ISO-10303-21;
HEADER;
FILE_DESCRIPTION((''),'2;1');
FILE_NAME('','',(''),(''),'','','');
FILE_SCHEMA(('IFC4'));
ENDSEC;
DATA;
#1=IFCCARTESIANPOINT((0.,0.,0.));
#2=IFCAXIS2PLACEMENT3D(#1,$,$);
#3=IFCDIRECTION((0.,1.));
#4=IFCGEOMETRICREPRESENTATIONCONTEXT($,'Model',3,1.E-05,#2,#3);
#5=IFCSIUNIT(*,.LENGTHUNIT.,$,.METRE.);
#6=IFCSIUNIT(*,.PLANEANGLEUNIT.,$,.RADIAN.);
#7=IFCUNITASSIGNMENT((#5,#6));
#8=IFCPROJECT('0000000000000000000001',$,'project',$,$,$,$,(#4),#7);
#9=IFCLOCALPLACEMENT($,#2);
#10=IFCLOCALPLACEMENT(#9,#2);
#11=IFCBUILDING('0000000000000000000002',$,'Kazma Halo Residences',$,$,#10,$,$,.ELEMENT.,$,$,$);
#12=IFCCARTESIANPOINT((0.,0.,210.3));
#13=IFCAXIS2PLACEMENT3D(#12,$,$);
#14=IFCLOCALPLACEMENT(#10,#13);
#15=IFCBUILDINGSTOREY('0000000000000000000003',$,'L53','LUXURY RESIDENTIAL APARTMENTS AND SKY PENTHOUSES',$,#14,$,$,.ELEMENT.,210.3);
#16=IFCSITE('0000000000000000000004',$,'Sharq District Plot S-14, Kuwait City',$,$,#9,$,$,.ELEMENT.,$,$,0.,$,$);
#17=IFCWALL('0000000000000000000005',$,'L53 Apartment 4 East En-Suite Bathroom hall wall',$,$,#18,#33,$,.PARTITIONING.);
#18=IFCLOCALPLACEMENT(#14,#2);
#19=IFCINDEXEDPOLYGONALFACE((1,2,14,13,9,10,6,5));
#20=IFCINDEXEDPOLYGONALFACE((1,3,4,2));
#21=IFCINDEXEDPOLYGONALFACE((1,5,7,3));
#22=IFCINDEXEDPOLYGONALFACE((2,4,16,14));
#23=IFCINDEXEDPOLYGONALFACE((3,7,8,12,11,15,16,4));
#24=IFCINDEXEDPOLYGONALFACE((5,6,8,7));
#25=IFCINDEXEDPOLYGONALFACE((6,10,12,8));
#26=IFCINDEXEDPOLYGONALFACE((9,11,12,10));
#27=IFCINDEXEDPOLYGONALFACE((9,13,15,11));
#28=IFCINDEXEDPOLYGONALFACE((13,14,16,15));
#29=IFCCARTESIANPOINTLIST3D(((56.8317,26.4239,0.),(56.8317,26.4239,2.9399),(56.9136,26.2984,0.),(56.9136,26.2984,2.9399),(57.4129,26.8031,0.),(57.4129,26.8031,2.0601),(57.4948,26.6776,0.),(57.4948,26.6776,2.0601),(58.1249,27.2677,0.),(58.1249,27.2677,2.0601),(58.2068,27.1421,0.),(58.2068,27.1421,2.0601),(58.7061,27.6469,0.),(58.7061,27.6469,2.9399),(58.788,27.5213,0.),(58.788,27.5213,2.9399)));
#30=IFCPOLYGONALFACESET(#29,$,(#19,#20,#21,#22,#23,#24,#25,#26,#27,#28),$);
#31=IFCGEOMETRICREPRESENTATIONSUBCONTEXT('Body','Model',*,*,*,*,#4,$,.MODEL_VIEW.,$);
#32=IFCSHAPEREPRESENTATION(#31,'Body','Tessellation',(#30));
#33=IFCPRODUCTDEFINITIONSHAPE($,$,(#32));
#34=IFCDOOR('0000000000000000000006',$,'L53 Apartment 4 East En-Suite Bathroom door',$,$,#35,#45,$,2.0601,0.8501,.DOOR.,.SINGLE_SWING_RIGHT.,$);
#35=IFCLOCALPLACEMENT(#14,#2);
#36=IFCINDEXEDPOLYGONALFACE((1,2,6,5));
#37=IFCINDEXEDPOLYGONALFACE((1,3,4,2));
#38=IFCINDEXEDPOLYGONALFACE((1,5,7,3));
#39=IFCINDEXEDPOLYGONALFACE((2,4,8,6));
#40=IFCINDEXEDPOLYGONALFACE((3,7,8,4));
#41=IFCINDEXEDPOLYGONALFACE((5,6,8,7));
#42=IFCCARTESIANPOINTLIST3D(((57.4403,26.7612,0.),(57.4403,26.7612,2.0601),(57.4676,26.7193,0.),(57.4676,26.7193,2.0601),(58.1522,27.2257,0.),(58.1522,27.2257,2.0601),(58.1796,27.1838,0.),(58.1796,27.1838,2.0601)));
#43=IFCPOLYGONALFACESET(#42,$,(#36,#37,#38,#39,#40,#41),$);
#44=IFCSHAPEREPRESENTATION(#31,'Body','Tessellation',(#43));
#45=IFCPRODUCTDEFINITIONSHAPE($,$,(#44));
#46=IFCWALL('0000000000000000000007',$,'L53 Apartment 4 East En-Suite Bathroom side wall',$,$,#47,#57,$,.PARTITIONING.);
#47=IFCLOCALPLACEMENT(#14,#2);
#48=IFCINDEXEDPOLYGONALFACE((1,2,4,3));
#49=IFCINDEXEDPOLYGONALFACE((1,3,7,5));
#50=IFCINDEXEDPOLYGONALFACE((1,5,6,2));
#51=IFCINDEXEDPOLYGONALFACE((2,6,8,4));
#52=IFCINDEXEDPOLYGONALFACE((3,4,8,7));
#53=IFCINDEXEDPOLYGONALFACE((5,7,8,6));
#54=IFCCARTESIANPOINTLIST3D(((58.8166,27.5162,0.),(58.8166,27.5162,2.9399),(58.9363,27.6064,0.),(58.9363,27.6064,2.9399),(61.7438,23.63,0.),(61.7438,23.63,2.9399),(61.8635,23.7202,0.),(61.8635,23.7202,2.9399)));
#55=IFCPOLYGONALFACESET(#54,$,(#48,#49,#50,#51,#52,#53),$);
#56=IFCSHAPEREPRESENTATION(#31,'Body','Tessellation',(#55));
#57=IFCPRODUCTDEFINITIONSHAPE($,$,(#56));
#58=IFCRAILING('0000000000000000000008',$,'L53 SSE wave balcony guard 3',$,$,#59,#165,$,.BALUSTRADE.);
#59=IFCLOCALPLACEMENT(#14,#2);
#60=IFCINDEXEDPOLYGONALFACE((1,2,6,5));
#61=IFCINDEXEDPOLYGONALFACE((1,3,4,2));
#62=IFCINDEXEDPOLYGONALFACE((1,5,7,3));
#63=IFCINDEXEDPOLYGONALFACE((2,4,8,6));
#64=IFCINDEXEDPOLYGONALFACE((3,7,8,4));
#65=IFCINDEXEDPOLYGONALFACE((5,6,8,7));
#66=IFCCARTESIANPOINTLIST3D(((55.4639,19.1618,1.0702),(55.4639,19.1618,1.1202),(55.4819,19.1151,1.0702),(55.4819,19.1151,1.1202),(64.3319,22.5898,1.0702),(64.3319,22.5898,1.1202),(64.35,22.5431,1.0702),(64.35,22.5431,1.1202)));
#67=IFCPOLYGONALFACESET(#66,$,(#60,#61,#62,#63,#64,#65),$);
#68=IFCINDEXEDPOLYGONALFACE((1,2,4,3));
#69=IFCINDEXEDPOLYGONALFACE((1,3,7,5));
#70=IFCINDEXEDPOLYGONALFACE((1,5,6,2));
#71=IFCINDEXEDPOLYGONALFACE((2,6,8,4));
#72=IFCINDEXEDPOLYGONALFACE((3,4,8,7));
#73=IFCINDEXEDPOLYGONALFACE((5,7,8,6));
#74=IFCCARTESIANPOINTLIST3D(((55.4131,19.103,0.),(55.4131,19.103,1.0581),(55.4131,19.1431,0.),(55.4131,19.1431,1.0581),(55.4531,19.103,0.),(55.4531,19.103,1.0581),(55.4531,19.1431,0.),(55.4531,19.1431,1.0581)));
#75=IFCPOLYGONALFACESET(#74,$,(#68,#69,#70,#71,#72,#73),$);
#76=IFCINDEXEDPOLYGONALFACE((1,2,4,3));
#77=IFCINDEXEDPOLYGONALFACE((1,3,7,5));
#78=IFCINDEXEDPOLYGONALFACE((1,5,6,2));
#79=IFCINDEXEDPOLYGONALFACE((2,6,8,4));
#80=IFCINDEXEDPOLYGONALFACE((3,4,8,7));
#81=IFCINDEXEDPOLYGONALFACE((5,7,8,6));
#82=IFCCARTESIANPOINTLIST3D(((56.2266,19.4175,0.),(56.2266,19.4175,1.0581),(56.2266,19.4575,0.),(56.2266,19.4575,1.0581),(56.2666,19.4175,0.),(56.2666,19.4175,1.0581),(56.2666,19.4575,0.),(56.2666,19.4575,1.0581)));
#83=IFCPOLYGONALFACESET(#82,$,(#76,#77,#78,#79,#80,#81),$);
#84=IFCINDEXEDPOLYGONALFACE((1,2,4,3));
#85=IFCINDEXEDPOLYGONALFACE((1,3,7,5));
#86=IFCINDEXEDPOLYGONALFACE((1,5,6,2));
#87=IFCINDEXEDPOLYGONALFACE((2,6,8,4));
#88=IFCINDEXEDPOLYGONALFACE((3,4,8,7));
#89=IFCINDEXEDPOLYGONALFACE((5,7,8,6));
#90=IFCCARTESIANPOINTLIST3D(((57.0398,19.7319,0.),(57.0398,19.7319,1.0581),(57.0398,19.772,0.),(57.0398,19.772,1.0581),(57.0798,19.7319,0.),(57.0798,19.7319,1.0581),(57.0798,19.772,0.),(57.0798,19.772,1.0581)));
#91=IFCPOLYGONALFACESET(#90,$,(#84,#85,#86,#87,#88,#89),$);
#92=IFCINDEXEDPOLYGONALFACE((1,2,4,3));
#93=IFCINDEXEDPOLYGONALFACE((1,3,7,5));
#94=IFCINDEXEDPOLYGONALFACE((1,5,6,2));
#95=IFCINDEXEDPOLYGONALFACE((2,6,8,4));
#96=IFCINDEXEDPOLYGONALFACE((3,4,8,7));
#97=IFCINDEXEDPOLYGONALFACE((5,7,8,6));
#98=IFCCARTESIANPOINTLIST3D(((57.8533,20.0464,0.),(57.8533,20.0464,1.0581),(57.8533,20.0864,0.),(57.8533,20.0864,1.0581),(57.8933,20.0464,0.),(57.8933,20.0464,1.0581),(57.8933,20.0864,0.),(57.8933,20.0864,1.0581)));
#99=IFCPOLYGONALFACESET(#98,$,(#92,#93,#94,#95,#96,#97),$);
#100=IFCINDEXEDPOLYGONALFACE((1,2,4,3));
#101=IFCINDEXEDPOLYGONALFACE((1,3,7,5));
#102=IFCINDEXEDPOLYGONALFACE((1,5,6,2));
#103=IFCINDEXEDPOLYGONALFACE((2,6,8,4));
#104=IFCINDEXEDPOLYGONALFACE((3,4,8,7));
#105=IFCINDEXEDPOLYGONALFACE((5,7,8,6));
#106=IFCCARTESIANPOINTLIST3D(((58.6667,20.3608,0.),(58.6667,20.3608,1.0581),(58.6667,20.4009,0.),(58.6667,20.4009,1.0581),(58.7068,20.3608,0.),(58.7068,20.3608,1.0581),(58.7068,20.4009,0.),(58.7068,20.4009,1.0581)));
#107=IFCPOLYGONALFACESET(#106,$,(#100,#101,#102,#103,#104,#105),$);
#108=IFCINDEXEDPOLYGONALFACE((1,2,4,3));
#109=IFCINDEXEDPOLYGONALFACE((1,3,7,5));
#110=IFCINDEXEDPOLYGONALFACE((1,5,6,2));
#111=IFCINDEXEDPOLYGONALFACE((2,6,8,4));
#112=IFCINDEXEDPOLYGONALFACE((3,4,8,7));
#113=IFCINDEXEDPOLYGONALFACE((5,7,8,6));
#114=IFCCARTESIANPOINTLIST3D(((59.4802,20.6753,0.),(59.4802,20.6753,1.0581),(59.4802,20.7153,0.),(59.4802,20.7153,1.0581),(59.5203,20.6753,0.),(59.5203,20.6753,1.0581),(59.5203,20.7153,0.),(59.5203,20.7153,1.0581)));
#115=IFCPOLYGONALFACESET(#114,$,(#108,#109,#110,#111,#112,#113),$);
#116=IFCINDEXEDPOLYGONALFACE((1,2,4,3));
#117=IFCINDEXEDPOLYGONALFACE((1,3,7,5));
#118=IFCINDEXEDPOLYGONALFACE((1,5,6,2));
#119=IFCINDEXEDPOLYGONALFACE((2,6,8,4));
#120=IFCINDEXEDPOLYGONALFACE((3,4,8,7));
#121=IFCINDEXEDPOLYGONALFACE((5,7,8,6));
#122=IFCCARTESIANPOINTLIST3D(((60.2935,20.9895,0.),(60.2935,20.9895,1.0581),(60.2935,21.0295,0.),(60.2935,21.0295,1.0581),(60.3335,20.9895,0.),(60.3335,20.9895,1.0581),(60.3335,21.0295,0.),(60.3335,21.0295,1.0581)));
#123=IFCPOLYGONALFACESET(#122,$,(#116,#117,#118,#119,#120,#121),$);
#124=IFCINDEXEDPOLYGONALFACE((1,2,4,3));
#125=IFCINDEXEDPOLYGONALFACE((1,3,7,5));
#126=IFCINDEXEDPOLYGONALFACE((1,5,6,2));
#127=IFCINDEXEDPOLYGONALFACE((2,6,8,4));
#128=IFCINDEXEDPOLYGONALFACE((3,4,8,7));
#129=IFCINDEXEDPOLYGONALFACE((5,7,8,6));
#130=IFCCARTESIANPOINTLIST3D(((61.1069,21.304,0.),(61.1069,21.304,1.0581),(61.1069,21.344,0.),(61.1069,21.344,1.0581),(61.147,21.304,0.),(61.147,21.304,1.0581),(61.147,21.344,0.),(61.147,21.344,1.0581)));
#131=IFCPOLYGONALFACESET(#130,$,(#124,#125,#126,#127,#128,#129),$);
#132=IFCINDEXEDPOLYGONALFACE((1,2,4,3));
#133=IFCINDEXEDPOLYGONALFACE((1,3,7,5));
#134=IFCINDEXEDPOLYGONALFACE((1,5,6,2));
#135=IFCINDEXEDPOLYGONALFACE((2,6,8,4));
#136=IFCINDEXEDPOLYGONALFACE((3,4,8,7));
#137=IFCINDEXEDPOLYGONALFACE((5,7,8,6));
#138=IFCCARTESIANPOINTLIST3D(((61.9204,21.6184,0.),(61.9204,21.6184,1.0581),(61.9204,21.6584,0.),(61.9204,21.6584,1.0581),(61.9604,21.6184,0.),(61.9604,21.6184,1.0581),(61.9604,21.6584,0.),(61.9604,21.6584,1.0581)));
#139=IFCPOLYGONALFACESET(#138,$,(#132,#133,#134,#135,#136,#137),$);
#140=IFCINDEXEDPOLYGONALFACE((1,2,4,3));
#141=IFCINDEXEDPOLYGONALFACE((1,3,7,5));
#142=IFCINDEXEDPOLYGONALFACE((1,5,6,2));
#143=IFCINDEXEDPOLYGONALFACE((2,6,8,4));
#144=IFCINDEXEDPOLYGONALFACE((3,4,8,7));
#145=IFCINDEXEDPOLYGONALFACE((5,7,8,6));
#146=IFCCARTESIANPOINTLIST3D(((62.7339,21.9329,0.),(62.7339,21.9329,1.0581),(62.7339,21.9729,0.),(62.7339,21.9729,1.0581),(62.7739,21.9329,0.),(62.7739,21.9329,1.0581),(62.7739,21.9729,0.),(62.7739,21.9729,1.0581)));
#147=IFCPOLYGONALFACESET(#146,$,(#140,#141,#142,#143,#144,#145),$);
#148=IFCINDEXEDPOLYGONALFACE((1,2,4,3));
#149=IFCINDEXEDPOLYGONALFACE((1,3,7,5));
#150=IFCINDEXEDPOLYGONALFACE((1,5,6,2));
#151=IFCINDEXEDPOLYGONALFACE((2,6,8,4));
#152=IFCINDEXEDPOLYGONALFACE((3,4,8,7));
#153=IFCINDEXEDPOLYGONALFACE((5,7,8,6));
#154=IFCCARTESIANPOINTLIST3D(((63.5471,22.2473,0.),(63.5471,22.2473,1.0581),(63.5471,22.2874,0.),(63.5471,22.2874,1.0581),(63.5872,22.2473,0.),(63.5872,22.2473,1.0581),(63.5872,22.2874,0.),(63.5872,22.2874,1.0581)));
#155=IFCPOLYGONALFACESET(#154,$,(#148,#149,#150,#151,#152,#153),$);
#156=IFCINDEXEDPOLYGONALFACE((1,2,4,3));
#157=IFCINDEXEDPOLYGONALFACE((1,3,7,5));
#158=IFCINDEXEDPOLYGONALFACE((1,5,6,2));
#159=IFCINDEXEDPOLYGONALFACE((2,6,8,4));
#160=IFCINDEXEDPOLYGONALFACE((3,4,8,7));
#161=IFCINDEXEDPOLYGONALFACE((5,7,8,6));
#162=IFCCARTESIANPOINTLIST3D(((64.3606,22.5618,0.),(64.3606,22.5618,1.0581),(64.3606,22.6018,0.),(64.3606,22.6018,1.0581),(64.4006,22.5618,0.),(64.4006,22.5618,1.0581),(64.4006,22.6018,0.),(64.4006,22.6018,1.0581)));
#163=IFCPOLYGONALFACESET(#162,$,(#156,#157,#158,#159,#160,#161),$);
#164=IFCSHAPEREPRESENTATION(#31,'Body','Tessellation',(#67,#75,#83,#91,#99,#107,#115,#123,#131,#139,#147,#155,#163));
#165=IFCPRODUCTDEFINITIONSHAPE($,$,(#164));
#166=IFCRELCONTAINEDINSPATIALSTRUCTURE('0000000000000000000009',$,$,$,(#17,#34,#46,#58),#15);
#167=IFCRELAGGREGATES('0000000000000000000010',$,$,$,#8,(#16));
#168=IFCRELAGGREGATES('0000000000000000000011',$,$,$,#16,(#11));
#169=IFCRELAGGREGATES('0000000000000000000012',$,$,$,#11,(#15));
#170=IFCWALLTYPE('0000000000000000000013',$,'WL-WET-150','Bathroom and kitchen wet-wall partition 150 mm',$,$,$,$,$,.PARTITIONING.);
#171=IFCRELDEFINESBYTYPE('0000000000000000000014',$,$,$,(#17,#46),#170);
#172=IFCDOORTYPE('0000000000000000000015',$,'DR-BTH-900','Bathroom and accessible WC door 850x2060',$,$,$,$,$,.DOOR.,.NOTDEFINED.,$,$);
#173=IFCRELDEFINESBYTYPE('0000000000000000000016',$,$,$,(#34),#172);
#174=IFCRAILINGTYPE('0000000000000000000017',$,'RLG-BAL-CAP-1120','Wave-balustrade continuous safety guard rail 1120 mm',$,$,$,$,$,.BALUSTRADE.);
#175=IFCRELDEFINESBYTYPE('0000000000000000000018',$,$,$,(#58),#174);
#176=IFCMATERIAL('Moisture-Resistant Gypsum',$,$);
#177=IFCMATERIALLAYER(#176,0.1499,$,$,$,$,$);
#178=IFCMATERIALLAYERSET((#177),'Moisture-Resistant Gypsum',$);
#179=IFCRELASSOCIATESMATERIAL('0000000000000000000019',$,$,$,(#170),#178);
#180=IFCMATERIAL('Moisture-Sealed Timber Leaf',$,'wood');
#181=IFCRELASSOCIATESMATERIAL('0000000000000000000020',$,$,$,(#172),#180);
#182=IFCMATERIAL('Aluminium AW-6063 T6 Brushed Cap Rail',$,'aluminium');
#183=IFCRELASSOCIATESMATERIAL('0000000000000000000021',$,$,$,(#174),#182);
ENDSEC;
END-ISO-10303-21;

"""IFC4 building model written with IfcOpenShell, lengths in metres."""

from ifc_helpers import new_model, si_unit, direction, frame, frame_2d, origin, origin_2d, place, context, subcontext, project, spatial, rectangle, extrude, material, layer, layer_set, type_object, element, fill, save


model = new_model("IFC4")

# Units and contexts
model_context = context("Model", 3, precision=1e-05, world=origin(), true_north=direction((0.0, 1.0)))
body_context = subcontext(model_context, "Body", "Model", "MODEL_VIEW")
ifc_project = project(units=[si_unit("LENGTHUNIT", "METRE"), si_unit("PLANEANGLEUNIT", "RADIAN")], contexts=[model_context])

# Site, building, storey
site_placement = place(None, origin())
site = spatial("IfcSite", under=ifc_project, at=site_placement, Name="Sharq District Plot S-14, Kuwait City", CompositionType="ELEMENT", RefElevation=0.0)
building_placement = place(site_placement, origin())
building = spatial("IfcBuilding", under=site, at=building_placement, Name="Kazma Halo Residences", CompositionType="ELEMENT")
storey_placement = place(building_placement, frame((0.0, 0.0, 210.3)))
storey = spatial("IfcBuildingStorey", under=building, at=storey_placement, Name="L53", Description="LUXURY RESIDENTIAL APARTMENTS AND SKY PENTHOUSES", CompositionType="ELEMENT", Elevation=210.3)

# Shared definitions
ifc_material_1 = material(Name="Moisture-Resistant Gypsum")
ifc_layer_1 = layer(ifc_material_1, 0.1499)
ifc_layer_set_1 = layer_set([ifc_layer_1], Name="Moisture-Resistant Gypsum")
wall_type_1 = type_object("IfcWallType", Name="WL-WET-150", Description="Bathroom and kitchen wet-wall partition 150 mm", PredefinedType="PARTITIONING", material=ifc_layer_set_1)
ifc_material_2 = material(Name="Moisture-Sealed Timber Leaf", Category="wood")
door_type_1 = type_object("IfcDoorType", Name="DR-BTH-900", Description="Bathroom and accessible WC door 850x2060", OperationType="NOTDEFINED", PredefinedType="DOOR", material=ifc_material_2)

# Wall, opening, door
wall_1_placement = place(storey_placement, frame((56.8726, 26.3611, 0.0), z_axis=(0.0, 0.0, 1.0), x_axis=(0.837498, 0.546441, 0.0)))
wall_1 = element("IfcWall", 1, at=wall_1_placement, inside=storey, type_object=wall_type_1, Name="L53 Apartment 4 East En-Suite Bathroom hall wall", PredefinedType="PARTITIONING", context=body_context, shape_type="SweptSolid", body=[
    extrude(rectangle(XDim=2.238, YDim=0.1499, at=frame_2d((1.1191, 0.0))), origin(), (0.0, 0.0, 1.0), 2.9399),
])
opening_1_placement = place(wall_1_placement, frame((0.6941, 0.0, 0.0)))
opening_1 = element("IfcOpeningElement", 2, at=opening_1_placement, cuts=wall_1, PredefinedType="OPENING", context=body_context, shape_type="SweptSolid", body=[
    extrude(rectangle(XDim=0.8501, YDim=2.0601, at=frame_2d((0.425, 1.03))), frame((0.0, 0.085, 0.0), z_axis=(0.0, -1.0, 0.0), x_axis=(1.0, 0.0, 0.0)), (0.0, 0.0, 1.0), 0.1699),
])
door_1_placement = place(opening_1_placement, origin())
door_1 = element("IfcDoor", 3, at=door_1_placement, inside=storey, type_object=door_type_1, Name="L53 Apartment 4 East En-Suite Bathroom door", OperationType="SINGLE_SWING_RIGHT", OverallHeight=2.0601, OverallWidth=0.8501, PredefinedType="DOOR", context=body_context, shape_type="SweptSolid", body=[
    extrude(rectangle(XDim=0.8501, YDim=2.0601, at=frame_2d((0.425, 1.03))), frame((0.0, 0.0249, 0.0), z_axis=(0.0, -1.0, 0.0), x_axis=(1.0, 0.0, 0.0)), (0.0, 0.0, 1.0), 0.05),
])
fill(opening_1, door_1)

# Wall
wall_2_placement = place(storey_placement, frame((58.8765, 27.5613, 0.0), z_axis=(0.0, 0.0, 1.0), x_axis=(0.601653, -0.798758, 0.0)))
element("IfcWall", 4, at=wall_2_placement, inside=storey, type_object=wall_type_1, Name="L53 Apartment 4 East En-Suite Bathroom side wall", PredefinedType="PARTITIONING", context=body_context, shape_type="SweptSolid", body=[
    extrude(rectangle(XDim=4.8652, YDim=0.1499, at=frame_2d((2.4326, 0.0))), origin(), (0.0, 0.0, 1.0), 2.9399),
])

# Railing
ifc_material_3 = material(Name="Aluminium AW-6063 T6 Brushed Cap Rail", Category="aluminium")
railing_type = type_object("IfcRailingType", Name="RLG-BAL-CAP-1120", Description="Wave-balustrade continuous safety guard rail 1120 mm", PredefinedType="BALUSTRADE", material=ifc_material_3)
railing_placement = place(storey_placement, frame((55.4331, 19.123, 0.0)))
element("IfcRailing", 5, at=railing_placement, inside=storey, type_object=railing_type, Name="L53 SSE wave balcony guard 3", PredefinedType="BALUSTRADE", context=body_context, shape_type="SweptSolid", body=[
    extrude(rectangle(XDim=0.05, YDim=0.05, at=origin_2d()), frame((0.0398, 0.0154, 1.0952), z_axis=(0.932737, 0.360558, 0.0), x_axis=(-0.360558, 0.932737, 0.0)), (0.0, 0.0, 1.0), 9.5076),
    extrude(rectangle(XDim=0.04, YDim=0.04, at=origin_2d()), origin(), (0.0, 0.0, 1.0), 1.0581),
    extrude(rectangle(XDim=0.04, YDim=0.04, at=origin_2d()), frame((0.8135, 0.3145, 0.0)), (0.0, 0.0, 1.0), 1.0581),
    extrude(rectangle(XDim=0.04, YDim=0.04, at=origin_2d()), frame((1.6267, 0.6289, 0.0)), (0.0, 0.0, 1.0), 1.0581),
    extrude(rectangle(XDim=0.04, YDim=0.04, at=origin_2d()), frame((2.4402, 0.9434, 0.0)), (0.0, 0.0, 1.0), 1.0581),
    extrude(rectangle(XDim=0.04, YDim=0.04, at=origin_2d()), frame((3.2537, 1.2578, 0.0)), (0.0, 0.0, 1.0), 1.0581),
    extrude(rectangle(XDim=0.04, YDim=0.04, at=origin_2d()), frame((4.0671, 1.5723, 0.0)), (0.0, 0.0, 1.0), 1.0581),
    extrude(rectangle(XDim=0.04, YDim=0.04, at=origin_2d()), frame((4.8804, 1.8865, 0.0)), (0.0, 0.0, 1.0), 1.0581),
    extrude(rectangle(XDim=0.04, YDim=0.04, at=origin_2d()), frame((5.6938, 2.2009, 0.0)), (0.0, 0.0, 1.0), 1.0581),
    extrude(rectangle(XDim=0.04, YDim=0.04, at=origin_2d()), frame((6.5073, 2.5154, 0.0)), (0.0, 0.0, 1.0), 1.0581),
    extrude(rectangle(XDim=0.04, YDim=0.04, at=origin_2d()), frame((7.3208, 2.8298, 0.0)), (0.0, 0.0, 1.0), 1.0581),
    extrude(rectangle(XDim=0.04, YDim=0.04, at=origin_2d()), frame((8.134, 3.1443, 0.0)), (0.0, 0.0, 1.0), 1.0581),
    extrude(rectangle(XDim=0.04, YDim=0.04, at=origin_2d()), frame((8.9475, 3.4587, 0.0)), (0.0, 0.0, 1.0), 1.0581),
])

save(model, "model.ifc")
